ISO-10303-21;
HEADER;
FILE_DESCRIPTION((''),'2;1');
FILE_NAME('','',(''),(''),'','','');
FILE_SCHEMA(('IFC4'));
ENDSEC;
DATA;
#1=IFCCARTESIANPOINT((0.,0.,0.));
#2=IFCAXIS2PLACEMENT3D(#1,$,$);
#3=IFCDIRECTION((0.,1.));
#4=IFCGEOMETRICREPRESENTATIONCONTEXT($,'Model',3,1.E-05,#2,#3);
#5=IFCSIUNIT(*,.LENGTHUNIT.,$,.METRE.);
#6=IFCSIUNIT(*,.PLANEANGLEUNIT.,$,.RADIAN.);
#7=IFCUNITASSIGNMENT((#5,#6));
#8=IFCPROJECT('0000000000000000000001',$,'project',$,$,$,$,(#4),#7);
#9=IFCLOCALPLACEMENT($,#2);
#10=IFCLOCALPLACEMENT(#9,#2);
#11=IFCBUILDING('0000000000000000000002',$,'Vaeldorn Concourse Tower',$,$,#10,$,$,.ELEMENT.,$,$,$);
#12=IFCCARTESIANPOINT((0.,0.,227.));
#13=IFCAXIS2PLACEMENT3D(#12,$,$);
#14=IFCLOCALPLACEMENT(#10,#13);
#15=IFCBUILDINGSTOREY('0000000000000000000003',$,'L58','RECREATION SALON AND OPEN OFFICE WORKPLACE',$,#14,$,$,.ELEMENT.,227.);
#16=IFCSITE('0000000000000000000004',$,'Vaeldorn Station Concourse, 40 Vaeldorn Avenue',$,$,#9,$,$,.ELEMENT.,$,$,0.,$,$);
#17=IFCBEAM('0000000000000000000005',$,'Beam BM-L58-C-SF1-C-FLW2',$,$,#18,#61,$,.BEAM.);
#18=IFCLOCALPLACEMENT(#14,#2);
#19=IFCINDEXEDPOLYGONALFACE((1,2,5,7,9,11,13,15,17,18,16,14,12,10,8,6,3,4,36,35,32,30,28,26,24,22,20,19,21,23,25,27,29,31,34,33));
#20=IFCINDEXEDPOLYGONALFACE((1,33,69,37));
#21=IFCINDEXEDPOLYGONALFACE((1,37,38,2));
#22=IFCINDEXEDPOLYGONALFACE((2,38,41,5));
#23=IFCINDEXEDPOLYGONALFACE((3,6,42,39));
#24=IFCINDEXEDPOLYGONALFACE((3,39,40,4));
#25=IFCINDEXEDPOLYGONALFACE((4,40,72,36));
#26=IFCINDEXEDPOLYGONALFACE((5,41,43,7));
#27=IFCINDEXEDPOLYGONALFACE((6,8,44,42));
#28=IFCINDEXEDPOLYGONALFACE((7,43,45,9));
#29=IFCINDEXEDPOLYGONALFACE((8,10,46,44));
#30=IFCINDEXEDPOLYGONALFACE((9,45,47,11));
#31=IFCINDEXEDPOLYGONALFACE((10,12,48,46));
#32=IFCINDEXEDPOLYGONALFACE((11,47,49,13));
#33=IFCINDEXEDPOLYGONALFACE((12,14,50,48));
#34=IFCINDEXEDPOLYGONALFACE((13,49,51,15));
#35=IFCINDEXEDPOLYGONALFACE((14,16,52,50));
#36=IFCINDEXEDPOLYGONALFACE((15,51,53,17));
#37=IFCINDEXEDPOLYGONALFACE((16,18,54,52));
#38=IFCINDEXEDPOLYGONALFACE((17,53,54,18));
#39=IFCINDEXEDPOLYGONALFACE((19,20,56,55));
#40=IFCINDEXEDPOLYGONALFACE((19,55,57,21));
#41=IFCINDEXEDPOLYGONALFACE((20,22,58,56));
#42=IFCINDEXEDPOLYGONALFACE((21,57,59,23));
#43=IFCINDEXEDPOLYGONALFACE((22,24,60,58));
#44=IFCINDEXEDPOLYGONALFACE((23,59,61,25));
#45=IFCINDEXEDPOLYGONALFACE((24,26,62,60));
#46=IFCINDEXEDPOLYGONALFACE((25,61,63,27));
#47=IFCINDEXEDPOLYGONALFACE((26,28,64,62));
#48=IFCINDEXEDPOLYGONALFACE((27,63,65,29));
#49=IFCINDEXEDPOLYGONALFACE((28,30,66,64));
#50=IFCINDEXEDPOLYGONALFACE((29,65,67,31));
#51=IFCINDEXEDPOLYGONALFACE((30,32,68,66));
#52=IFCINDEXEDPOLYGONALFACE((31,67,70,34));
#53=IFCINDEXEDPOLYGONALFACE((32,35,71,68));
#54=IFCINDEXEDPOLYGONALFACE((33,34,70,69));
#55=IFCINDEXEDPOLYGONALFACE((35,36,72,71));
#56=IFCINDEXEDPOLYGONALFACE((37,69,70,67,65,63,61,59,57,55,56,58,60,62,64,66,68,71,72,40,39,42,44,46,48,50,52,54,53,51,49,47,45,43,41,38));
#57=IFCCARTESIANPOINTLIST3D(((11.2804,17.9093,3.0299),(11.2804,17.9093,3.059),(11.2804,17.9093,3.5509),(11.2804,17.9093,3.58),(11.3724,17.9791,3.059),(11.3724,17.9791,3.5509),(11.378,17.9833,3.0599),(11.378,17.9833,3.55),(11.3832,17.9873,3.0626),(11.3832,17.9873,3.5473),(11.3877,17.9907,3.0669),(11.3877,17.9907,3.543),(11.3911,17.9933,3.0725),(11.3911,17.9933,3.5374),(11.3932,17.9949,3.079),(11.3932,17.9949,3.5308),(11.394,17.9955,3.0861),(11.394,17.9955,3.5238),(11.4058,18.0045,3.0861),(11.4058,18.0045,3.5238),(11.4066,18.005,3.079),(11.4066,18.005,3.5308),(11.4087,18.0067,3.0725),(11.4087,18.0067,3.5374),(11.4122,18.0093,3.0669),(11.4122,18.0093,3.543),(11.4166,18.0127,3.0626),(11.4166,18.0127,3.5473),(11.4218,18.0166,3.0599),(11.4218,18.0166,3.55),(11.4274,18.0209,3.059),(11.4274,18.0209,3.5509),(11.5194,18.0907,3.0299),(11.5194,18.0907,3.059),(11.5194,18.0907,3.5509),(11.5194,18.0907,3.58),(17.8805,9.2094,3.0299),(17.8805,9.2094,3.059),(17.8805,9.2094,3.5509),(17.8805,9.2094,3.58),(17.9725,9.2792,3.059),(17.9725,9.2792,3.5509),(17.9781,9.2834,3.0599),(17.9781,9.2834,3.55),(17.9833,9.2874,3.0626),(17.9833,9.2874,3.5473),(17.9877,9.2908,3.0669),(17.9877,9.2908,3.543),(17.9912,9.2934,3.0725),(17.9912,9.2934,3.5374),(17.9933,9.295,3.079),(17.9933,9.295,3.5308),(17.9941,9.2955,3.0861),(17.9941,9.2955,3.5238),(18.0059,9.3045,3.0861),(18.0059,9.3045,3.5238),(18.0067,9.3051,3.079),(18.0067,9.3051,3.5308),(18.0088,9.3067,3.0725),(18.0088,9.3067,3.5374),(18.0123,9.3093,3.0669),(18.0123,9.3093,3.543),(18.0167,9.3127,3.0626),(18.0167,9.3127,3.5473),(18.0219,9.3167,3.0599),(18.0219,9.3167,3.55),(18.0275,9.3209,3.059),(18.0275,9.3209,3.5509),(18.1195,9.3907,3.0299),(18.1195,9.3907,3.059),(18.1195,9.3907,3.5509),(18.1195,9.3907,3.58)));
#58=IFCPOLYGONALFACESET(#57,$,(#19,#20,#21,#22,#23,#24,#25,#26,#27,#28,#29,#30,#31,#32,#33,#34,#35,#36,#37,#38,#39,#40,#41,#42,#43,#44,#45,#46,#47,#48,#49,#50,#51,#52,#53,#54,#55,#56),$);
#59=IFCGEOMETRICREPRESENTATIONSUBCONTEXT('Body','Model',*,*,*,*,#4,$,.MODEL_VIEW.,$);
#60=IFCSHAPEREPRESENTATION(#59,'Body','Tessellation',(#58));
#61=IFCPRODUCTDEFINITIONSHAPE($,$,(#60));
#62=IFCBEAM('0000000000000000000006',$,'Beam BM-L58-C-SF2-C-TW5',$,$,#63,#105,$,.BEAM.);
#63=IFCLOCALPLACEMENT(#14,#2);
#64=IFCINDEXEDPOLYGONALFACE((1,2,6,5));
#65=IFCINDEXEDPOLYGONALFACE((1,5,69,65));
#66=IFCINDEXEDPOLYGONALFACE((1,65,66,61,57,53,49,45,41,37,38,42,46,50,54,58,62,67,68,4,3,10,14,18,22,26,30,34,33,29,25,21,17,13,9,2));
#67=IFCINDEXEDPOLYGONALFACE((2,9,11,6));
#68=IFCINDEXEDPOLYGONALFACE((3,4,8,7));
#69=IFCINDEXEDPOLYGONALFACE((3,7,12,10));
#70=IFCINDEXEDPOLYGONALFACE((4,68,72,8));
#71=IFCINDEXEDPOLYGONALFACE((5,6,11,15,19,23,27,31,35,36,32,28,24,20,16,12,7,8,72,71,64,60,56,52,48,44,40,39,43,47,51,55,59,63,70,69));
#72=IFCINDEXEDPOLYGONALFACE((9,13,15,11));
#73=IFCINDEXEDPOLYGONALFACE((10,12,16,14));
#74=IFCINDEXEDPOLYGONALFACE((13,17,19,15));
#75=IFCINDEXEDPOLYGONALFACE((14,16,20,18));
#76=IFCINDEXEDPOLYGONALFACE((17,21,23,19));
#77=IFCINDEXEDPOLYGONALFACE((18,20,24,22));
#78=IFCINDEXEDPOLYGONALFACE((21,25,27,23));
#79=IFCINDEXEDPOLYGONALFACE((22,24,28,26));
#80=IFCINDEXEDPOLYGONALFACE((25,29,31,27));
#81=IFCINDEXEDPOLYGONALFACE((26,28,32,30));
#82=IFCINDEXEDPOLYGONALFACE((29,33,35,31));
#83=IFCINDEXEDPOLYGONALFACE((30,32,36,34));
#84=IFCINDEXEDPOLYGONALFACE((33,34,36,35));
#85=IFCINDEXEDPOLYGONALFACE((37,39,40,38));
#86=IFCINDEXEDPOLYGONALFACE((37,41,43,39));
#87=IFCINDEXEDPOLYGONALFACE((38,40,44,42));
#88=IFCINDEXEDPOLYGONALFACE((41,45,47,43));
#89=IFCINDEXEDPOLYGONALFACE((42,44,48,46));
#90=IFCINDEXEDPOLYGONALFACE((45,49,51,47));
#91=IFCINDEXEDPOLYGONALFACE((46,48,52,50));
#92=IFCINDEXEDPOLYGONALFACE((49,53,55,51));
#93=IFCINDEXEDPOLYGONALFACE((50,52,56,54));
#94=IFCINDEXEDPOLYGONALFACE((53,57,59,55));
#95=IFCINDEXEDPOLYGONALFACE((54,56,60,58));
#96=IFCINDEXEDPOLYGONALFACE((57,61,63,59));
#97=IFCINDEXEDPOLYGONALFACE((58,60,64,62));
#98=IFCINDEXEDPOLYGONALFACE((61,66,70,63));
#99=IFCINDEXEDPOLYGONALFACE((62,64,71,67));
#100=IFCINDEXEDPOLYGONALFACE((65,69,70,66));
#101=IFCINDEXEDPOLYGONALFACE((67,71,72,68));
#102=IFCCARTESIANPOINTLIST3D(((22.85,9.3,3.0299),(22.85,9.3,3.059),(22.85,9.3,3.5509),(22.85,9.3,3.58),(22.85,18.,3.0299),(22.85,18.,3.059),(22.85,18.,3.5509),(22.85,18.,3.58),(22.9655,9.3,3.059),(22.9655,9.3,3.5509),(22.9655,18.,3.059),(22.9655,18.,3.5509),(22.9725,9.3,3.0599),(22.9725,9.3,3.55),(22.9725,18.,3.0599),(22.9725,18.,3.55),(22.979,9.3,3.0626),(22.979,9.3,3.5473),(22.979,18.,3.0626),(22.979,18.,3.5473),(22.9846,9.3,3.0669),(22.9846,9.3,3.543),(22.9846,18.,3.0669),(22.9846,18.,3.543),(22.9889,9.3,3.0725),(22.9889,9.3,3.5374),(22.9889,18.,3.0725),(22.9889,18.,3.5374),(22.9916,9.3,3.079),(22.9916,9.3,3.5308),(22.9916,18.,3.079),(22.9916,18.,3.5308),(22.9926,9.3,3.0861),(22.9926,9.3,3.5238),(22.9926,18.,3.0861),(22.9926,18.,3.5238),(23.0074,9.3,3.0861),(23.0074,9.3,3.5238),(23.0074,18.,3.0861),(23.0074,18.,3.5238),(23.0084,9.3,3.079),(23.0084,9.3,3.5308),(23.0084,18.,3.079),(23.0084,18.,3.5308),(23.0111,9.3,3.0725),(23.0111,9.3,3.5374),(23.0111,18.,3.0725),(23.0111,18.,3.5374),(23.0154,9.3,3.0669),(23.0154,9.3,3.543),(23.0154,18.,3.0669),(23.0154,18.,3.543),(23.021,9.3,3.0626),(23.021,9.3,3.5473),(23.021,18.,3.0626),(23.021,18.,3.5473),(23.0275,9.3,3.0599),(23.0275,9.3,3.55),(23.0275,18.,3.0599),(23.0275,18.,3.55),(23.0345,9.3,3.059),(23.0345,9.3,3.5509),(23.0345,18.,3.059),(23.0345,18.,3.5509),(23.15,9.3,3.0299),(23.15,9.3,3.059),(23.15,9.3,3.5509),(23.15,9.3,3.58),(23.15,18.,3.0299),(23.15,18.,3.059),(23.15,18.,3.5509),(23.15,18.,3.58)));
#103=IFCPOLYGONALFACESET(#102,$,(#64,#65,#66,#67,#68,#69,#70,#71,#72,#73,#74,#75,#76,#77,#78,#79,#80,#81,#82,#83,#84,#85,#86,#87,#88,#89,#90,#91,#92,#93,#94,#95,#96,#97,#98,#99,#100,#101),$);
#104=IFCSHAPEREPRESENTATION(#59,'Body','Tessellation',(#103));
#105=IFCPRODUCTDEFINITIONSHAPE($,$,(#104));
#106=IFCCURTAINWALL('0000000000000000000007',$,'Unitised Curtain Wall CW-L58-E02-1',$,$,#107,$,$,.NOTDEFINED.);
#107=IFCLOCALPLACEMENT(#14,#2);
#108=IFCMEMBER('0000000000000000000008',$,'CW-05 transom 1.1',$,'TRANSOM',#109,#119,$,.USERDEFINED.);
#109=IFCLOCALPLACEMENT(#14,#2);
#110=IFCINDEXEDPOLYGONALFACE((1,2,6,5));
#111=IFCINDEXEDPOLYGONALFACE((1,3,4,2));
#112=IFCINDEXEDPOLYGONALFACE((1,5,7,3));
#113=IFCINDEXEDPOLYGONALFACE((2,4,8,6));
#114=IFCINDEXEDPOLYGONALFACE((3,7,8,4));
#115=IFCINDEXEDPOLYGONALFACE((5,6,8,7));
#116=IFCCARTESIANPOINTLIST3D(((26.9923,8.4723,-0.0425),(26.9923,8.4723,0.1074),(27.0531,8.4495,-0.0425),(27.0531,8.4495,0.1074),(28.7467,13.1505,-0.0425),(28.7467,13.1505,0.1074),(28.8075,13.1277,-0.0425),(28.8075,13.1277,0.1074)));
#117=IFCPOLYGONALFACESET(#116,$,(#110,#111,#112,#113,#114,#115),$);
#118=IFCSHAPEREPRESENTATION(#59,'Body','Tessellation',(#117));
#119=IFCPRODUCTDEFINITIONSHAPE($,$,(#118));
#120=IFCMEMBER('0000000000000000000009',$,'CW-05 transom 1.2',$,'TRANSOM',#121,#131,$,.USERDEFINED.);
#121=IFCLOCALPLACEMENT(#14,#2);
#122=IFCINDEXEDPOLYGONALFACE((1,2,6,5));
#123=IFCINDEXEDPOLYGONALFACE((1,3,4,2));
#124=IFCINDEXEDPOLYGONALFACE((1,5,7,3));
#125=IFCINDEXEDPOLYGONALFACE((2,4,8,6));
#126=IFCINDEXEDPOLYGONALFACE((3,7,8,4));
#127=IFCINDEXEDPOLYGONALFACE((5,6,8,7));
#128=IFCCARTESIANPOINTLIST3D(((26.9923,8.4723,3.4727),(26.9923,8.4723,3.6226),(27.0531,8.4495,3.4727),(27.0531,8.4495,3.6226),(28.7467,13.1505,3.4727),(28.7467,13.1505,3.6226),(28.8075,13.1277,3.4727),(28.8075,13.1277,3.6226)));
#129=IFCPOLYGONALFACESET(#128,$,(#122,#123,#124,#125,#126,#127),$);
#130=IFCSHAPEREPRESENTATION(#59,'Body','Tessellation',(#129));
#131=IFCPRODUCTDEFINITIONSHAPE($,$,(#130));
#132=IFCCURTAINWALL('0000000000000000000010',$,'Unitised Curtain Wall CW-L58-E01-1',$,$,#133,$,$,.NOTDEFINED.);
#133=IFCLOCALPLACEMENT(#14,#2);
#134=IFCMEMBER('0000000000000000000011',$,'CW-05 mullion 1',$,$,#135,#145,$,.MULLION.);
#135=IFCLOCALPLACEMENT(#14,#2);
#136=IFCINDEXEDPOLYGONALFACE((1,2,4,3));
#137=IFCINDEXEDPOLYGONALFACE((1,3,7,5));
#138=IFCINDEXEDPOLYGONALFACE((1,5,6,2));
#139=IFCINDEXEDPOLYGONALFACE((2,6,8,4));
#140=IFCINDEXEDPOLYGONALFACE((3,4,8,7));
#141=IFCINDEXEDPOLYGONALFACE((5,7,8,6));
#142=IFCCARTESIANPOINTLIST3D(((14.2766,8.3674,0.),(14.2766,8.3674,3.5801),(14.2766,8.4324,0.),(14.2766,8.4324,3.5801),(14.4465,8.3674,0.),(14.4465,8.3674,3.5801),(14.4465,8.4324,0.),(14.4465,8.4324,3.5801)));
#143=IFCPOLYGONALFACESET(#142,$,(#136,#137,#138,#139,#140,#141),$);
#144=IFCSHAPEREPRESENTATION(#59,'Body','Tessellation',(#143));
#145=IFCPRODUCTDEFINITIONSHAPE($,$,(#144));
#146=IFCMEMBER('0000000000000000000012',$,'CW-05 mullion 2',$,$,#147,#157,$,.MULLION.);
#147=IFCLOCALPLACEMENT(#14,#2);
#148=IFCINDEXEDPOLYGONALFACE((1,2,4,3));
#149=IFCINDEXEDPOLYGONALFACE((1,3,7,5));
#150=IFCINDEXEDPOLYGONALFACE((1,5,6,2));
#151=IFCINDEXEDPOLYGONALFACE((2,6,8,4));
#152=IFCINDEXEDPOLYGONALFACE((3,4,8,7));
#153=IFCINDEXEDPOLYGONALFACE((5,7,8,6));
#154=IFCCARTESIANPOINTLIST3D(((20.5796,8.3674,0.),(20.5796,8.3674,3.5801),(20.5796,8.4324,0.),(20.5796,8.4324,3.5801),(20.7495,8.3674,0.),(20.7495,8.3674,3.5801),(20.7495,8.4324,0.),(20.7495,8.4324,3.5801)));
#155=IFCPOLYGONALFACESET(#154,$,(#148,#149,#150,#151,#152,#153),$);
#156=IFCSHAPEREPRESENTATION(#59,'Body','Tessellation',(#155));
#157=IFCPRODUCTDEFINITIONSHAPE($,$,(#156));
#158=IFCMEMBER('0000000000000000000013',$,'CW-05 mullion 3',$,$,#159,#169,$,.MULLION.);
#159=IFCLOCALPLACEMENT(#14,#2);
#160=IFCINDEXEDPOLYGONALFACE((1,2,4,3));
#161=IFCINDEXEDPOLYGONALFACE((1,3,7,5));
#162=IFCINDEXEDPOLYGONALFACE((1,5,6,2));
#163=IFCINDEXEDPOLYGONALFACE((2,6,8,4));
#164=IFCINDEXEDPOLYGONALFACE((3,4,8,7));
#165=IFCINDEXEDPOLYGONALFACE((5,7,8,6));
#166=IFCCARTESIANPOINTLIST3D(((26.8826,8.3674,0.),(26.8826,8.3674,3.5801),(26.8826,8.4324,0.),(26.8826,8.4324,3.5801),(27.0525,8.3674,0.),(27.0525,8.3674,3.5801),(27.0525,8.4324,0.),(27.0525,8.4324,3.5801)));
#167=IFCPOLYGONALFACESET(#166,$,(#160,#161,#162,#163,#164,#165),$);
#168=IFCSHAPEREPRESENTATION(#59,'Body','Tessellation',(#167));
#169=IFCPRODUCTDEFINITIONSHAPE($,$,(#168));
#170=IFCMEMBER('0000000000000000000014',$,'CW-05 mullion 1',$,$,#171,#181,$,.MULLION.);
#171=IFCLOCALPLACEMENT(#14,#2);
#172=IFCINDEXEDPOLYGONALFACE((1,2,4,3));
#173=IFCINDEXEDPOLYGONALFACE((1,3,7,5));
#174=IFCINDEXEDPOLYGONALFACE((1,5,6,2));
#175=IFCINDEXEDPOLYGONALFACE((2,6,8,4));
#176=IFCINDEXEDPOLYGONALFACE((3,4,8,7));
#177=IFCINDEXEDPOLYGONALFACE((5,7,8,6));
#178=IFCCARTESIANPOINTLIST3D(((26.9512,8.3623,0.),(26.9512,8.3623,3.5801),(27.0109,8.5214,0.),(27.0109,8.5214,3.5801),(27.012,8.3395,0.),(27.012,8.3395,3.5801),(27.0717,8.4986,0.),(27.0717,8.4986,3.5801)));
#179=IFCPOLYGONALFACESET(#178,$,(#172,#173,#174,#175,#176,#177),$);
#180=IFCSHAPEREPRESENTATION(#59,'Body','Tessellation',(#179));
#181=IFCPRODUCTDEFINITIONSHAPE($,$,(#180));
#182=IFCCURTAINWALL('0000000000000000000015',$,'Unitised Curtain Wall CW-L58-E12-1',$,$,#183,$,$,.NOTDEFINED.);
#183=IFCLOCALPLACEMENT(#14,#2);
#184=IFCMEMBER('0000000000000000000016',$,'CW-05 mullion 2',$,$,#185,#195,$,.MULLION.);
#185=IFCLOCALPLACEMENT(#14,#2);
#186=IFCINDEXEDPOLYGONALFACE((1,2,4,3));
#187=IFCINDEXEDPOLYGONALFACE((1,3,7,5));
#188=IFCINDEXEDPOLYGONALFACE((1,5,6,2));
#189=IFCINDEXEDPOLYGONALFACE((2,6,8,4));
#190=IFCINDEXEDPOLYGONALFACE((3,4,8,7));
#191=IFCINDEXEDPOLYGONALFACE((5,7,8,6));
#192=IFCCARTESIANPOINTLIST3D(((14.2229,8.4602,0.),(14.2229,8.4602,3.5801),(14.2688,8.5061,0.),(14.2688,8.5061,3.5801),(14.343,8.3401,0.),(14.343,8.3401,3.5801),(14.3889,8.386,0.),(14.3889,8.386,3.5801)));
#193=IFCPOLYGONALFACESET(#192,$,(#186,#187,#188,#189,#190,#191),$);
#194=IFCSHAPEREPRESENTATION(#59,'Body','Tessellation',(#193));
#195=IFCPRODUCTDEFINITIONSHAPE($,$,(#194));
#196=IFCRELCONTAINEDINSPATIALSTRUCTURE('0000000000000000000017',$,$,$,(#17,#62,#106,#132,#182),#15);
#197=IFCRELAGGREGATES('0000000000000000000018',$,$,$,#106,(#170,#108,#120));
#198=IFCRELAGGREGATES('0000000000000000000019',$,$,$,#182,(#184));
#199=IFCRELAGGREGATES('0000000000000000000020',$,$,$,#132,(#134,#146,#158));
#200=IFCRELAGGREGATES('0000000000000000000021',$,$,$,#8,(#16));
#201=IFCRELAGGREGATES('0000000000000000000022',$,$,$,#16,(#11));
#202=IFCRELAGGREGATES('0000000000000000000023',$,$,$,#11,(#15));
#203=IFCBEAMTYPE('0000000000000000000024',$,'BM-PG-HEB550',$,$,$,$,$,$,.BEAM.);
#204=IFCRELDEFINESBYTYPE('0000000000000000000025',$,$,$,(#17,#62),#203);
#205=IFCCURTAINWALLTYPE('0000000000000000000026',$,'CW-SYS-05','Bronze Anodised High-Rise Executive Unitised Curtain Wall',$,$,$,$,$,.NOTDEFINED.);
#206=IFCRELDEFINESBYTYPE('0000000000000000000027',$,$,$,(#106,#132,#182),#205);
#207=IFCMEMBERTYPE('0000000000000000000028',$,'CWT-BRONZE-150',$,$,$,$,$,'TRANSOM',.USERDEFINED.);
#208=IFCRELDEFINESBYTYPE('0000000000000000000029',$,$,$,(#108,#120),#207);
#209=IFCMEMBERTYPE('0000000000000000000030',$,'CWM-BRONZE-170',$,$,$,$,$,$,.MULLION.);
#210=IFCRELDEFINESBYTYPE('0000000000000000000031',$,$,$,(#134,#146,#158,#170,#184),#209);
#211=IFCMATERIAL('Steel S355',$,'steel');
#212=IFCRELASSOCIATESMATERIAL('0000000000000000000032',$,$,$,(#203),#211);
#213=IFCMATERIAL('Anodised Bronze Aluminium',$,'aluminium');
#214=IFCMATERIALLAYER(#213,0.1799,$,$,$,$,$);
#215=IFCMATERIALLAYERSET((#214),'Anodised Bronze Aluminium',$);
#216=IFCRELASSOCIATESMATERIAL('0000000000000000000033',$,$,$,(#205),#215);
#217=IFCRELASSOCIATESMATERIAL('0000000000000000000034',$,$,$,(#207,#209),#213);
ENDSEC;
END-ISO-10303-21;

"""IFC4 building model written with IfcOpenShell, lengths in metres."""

from ifc_helpers import new_model, si_unit, direction, frame, origin, origin_2d, place, context, subcontext, project, spatial, rectangle, i_section, extrude, source, transform, mapped, material, layer, layer_set, material_profile, profile_set, type_object, element, aggregate, save


model = new_model("IFC4")

# Units and contexts
model_context = context("Model", 3, precision=1e-05, world=origin(), true_north=direction((0.0, 1.0)))
body_context = subcontext(model_context, "Body", "Model", "MODEL_VIEW")
ifc_project = project(units=[si_unit("LENGTHUNIT", "METRE"), si_unit("PLANEANGLEUNIT", "RADIAN")], contexts=[model_context])

# Site, building, storey
site_placement = place(None, origin())
site = spatial("IfcSite", under=ifc_project, at=site_placement, Name="Vaeldorn Station Concourse, 40 Vaeldorn Avenue", CompositionType="ELEMENT", RefElevation=0.0)
building_placement = place(site_placement, origin())
building = spatial("IfcBuilding", under=site, at=building_placement, Name="Vaeldorn Concourse Tower", CompositionType="ELEMENT")
storey_placement = place(building_placement, frame((0.0, 0.0, 227.0)))
storey = spatial("IfcBuildingStorey", under=building, at=storey_placement, Name="L58", Description="RECREATION SALON AND OPEN OFFICE WORKPLACE", CompositionType="ELEMENT", Elevation=227.0)

# Shared definitions
ifc_material_1 = material(Name="Steel S355", Category="steel")

# Beams
ifc_material_profile_1 = material_profile(ifc_material_1, i_section(OverallWidth=0.3, OverallDepth=0.55, WebThickness=0.0149, FlangeThickness=0.0291, FilletRadius=0.0271, at=origin_2d()), Name="HEB 550")
ifc_profile_set_1 = profile_set([ifc_material_profile_1], Name="Steel S355")
beam_type_1 = type_object("IfcBeamType", Name="BM-PG-HEB550", PredefinedType="BEAM", material=ifc_profile_set_1)
shared_shape_1 = source(origin(), body_context, "Body", "SweptSolid", [
    extrude(i_section(OverallWidth=0.3, OverallDepth=0.55, WebThickness=0.0149, FlangeThickness=0.0291, FilletRadius=0.0271, at=origin_2d()), origin(), (0.0, 0.0, 1.0), 10.9202),
])
beam_1_placement = place(storey_placement, frame((18.0, 9.3, 3.3049), z_axis=(-0.604394, 0.796685, 0.0), x_axis=(-0.796685, -0.604394, 0.0)))
element("IfcBeam", 1, at=beam_1_placement, inside=storey, type_object=beam_type_1, Name="Beam BM-L58-C-SF1-C-FLW2", PredefinedType="BEAM", context=body_context, shape_type="MappedRepresentation", body=[
    mapped(shared_shape_1, transform((0.0, 0.0, 0.0), scale=1.0)),
])
shared_shape_2 = source(origin(), body_context, "Body", "SweptSolid", [
    extrude(i_section(OverallWidth=0.3, OverallDepth=0.55, WebThickness=0.0149, FlangeThickness=0.0291, FilletRadius=0.0271, at=origin_2d()), origin(), (0.0, 0.0, 1.0), 8.7),
])
beam_2_placement = place(storey_placement, frame((23.0, 9.3, 3.3049), z_axis=(0.0, 1.0, 0.0), x_axis=(-1.0, 0.0, 0.0)))
element("IfcBeam", 2, at=beam_2_placement, inside=storey, type_object=beam_type_1, Name="Beam BM-L58-C-SF2-C-TW5", PredefinedType="BEAM", context=body_context, shape_type="MappedRepresentation", body=[
    mapped(shared_shape_2, transform((0.0, 0.0, 0.0), scale=1.0)),
])

# Curtain walls, members
ifc_material_2 = material(Name="Anodised Bronze Aluminium", Category="aluminium")
ifc_layer_1 = layer(ifc_material_2, 0.1799)
ifc_layer_set_1 = layer_set([ifc_layer_1], Name="Anodised Bronze Aluminium")
curtain_wall_type = type_object("IfcCurtainWallType", Name="CW-SYS-05", Description="Bronze Anodised High-Rise Executive Unitised Curtain Wall", PredefinedType="NOTDEFINED", material=ifc_layer_set_1)
curtain_wall_1_placement = place(storey_placement, origin())
curtain_wall_1 = element("IfcCurtainWall", 3, at=curtain_wall_1_placement, inside=storey, type_object=curtain_wall_type, Name="Unitised Curtain Wall CW-L58-E02-1", PredefinedType="NOTDEFINED")
ifc_material_profile_2 = material_profile(ifc_material_2, rectangle(XDim=0.0649, YDim=0.1499, at=origin_2d()), Name="CWT 65x150")
ifc_profile_set_2 = profile_set([ifc_material_profile_2], Name="Anodised Bronze Aluminium")
member_type_1 = type_object("IfcMemberType", Name="CWT-BRONZE-150", ElementType="TRANSOM", PredefinedType="USERDEFINED", material=ifc_profile_set_2)
shared_shape_3 = source(origin(), body_context, "Body", "SweptSolid", [
    extrude(rectangle(XDim=0.0649, YDim=0.1499, at=origin_2d()), origin(), (0.0, 0.0, 1.0), 4.9963),
])
member_1_placement = place(storey_placement, frame((27.0227, 8.4609, 0.0325), z_axis=(0.351134, 0.936325, 0.0), x_axis=(-0.936325, 0.351134, 0.0)))
member_1 = element("IfcMember", 4, at=member_1_placement, type_object=member_type_1, Name="CW-05 transom 1.1", ObjectType="TRANSOM", PredefinedType="USERDEFINED", context=body_context, shape_type="MappedRepresentation", body=[
    mapped(shared_shape_3, transform((0.0, 0.0, 0.0), scale=1.0)),
])
member_2_placement = place(storey_placement, frame((27.0227, 8.4609, 3.5476), z_axis=(0.351134, 0.936325, 0.0), x_axis=(-0.936325, 0.351134, 0.0)))
member_2 = element("IfcMember", 5, at=member_2_placement, type_object=member_type_1, Name="CW-05 transom 1.2", ObjectType="TRANSOM", PredefinedType="USERDEFINED", context=body_context, shape_type="MappedRepresentation", body=[
    mapped(shared_shape_3, transform((0.0, 0.0, 0.0), scale=1.0)),
])
curtain_wall_2_placement = place(storey_placement, origin())
curtain_wall_2 = element("IfcCurtainWall", 6, at=curtain_wall_2_placement, inside=storey, type_object=curtain_wall_type, Name="Unitised Curtain Wall CW-L58-E01-1", PredefinedType="NOTDEFINED")
ifc_material_profile_3 = material_profile(ifc_material_2, rectangle(XDim=0.0649, YDim=0.1699, at=origin_2d()), Name="CWM 65x170")
ifc_profile_set_3 = profile_set([ifc_material_profile_3], Name="Anodised Bronze Aluminium")
member_type_2 = type_object("IfcMemberType", Name="CWM-BRONZE-170", PredefinedType="MULLION", material=ifc_profile_set_3)
shared_shape_4 = source(origin(), body_context, "Body", "SweptSolid", [
    extrude(rectangle(XDim=0.0649, YDim=0.1699, at=origin_2d()), origin(), (0.0, 0.0, 1.0), 3.5801),
])
member_3_placement = place(storey_placement, frame((14.3616, 8.3999, 0.0), z_axis=(0.0, 0.0, 1.0), x_axis=(0.0, 1.0, 0.0)))
member_3 = element("IfcMember", 7, at=member_3_placement, type_object=member_type_2, Name="CW-05 mullion 1", PredefinedType="MULLION", context=body_context, shape_type="MappedRepresentation", body=[
    mapped(shared_shape_4, transform((0.0, 0.0, 0.0), scale=1.0)),
])
member_4_placement = place(storey_placement, frame((20.6646, 8.3999, 0.0), z_axis=(0.0, 0.0, 1.0), x_axis=(0.0, 1.0, 0.0)))
member_4 = element("IfcMember", 8, at=member_4_placement, type_object=member_type_2, Name="CW-05 mullion 2", PredefinedType="MULLION", context=body_context, shape_type="MappedRepresentation", body=[
    mapped(shared_shape_4, transform((0.0, 0.0, 0.0), scale=1.0)),
])
member_5_placement = place(storey_placement, frame((26.9675, 8.3999, 0.0), z_axis=(0.0, 0.0, 1.0), x_axis=(0.0, 1.0, 0.0)))
member_5 = element("IfcMember", 9, at=member_5_placement, type_object=member_type_2, Name="CW-05 mullion 3", PredefinedType="MULLION", context=body_context, shape_type="MappedRepresentation", body=[
    mapped(shared_shape_4, transform((0.0, 0.0, 0.0), scale=1.0)),
])

# Member
member_6_placement = place(storey_placement, frame((27.0115, 8.4304, 0.0), z_axis=(0.0, 0.0, 1.0), x_axis=(-0.936329, 0.351123, 0.0)))
member_6 = element("IfcMember", 10, at=member_6_placement, type_object=member_type_2, Name="CW-05 mullion 1", PredefinedType="MULLION", context=body_context, shape_type="MappedRepresentation", body=[
    mapped(shared_shape_4, transform((0.0, 0.0, 0.0), scale=1.0)),
])
aggregate(curtain_wall_1, [member_6, member_1, member_2])

# Curtain wall, member
curtain_wall_3_placement = place(storey_placement, origin())
curtain_wall_3 = element("IfcCurtainWall", 11, at=curtain_wall_3_placement, inside=storey, type_object=curtain_wall_type, Name="Unitised Curtain Wall CW-L58-E12-1", PredefinedType="NOTDEFINED")
member_7_placement = place(storey_placement, frame((14.3059, 8.4231, 0.0), z_axis=(0.0, 0.0, 1.0), x_axis=(0.707107, 0.707107, 0.0)))
member_7 = element("IfcMember", 12, at=member_7_placement, type_object=member_type_2, Name="CW-05 mullion 2", PredefinedType="MULLION", context=body_context, shape_type="MappedRepresentation", body=[
    mapped(shared_shape_4, transform((0.0, 0.0, 0.0), scale=1.0)),
])
aggregate(curtain_wall_3, [member_7])

aggregate(curtain_wall_2, [member_3, member_4, member_5])

save(model, "model.ifc")
